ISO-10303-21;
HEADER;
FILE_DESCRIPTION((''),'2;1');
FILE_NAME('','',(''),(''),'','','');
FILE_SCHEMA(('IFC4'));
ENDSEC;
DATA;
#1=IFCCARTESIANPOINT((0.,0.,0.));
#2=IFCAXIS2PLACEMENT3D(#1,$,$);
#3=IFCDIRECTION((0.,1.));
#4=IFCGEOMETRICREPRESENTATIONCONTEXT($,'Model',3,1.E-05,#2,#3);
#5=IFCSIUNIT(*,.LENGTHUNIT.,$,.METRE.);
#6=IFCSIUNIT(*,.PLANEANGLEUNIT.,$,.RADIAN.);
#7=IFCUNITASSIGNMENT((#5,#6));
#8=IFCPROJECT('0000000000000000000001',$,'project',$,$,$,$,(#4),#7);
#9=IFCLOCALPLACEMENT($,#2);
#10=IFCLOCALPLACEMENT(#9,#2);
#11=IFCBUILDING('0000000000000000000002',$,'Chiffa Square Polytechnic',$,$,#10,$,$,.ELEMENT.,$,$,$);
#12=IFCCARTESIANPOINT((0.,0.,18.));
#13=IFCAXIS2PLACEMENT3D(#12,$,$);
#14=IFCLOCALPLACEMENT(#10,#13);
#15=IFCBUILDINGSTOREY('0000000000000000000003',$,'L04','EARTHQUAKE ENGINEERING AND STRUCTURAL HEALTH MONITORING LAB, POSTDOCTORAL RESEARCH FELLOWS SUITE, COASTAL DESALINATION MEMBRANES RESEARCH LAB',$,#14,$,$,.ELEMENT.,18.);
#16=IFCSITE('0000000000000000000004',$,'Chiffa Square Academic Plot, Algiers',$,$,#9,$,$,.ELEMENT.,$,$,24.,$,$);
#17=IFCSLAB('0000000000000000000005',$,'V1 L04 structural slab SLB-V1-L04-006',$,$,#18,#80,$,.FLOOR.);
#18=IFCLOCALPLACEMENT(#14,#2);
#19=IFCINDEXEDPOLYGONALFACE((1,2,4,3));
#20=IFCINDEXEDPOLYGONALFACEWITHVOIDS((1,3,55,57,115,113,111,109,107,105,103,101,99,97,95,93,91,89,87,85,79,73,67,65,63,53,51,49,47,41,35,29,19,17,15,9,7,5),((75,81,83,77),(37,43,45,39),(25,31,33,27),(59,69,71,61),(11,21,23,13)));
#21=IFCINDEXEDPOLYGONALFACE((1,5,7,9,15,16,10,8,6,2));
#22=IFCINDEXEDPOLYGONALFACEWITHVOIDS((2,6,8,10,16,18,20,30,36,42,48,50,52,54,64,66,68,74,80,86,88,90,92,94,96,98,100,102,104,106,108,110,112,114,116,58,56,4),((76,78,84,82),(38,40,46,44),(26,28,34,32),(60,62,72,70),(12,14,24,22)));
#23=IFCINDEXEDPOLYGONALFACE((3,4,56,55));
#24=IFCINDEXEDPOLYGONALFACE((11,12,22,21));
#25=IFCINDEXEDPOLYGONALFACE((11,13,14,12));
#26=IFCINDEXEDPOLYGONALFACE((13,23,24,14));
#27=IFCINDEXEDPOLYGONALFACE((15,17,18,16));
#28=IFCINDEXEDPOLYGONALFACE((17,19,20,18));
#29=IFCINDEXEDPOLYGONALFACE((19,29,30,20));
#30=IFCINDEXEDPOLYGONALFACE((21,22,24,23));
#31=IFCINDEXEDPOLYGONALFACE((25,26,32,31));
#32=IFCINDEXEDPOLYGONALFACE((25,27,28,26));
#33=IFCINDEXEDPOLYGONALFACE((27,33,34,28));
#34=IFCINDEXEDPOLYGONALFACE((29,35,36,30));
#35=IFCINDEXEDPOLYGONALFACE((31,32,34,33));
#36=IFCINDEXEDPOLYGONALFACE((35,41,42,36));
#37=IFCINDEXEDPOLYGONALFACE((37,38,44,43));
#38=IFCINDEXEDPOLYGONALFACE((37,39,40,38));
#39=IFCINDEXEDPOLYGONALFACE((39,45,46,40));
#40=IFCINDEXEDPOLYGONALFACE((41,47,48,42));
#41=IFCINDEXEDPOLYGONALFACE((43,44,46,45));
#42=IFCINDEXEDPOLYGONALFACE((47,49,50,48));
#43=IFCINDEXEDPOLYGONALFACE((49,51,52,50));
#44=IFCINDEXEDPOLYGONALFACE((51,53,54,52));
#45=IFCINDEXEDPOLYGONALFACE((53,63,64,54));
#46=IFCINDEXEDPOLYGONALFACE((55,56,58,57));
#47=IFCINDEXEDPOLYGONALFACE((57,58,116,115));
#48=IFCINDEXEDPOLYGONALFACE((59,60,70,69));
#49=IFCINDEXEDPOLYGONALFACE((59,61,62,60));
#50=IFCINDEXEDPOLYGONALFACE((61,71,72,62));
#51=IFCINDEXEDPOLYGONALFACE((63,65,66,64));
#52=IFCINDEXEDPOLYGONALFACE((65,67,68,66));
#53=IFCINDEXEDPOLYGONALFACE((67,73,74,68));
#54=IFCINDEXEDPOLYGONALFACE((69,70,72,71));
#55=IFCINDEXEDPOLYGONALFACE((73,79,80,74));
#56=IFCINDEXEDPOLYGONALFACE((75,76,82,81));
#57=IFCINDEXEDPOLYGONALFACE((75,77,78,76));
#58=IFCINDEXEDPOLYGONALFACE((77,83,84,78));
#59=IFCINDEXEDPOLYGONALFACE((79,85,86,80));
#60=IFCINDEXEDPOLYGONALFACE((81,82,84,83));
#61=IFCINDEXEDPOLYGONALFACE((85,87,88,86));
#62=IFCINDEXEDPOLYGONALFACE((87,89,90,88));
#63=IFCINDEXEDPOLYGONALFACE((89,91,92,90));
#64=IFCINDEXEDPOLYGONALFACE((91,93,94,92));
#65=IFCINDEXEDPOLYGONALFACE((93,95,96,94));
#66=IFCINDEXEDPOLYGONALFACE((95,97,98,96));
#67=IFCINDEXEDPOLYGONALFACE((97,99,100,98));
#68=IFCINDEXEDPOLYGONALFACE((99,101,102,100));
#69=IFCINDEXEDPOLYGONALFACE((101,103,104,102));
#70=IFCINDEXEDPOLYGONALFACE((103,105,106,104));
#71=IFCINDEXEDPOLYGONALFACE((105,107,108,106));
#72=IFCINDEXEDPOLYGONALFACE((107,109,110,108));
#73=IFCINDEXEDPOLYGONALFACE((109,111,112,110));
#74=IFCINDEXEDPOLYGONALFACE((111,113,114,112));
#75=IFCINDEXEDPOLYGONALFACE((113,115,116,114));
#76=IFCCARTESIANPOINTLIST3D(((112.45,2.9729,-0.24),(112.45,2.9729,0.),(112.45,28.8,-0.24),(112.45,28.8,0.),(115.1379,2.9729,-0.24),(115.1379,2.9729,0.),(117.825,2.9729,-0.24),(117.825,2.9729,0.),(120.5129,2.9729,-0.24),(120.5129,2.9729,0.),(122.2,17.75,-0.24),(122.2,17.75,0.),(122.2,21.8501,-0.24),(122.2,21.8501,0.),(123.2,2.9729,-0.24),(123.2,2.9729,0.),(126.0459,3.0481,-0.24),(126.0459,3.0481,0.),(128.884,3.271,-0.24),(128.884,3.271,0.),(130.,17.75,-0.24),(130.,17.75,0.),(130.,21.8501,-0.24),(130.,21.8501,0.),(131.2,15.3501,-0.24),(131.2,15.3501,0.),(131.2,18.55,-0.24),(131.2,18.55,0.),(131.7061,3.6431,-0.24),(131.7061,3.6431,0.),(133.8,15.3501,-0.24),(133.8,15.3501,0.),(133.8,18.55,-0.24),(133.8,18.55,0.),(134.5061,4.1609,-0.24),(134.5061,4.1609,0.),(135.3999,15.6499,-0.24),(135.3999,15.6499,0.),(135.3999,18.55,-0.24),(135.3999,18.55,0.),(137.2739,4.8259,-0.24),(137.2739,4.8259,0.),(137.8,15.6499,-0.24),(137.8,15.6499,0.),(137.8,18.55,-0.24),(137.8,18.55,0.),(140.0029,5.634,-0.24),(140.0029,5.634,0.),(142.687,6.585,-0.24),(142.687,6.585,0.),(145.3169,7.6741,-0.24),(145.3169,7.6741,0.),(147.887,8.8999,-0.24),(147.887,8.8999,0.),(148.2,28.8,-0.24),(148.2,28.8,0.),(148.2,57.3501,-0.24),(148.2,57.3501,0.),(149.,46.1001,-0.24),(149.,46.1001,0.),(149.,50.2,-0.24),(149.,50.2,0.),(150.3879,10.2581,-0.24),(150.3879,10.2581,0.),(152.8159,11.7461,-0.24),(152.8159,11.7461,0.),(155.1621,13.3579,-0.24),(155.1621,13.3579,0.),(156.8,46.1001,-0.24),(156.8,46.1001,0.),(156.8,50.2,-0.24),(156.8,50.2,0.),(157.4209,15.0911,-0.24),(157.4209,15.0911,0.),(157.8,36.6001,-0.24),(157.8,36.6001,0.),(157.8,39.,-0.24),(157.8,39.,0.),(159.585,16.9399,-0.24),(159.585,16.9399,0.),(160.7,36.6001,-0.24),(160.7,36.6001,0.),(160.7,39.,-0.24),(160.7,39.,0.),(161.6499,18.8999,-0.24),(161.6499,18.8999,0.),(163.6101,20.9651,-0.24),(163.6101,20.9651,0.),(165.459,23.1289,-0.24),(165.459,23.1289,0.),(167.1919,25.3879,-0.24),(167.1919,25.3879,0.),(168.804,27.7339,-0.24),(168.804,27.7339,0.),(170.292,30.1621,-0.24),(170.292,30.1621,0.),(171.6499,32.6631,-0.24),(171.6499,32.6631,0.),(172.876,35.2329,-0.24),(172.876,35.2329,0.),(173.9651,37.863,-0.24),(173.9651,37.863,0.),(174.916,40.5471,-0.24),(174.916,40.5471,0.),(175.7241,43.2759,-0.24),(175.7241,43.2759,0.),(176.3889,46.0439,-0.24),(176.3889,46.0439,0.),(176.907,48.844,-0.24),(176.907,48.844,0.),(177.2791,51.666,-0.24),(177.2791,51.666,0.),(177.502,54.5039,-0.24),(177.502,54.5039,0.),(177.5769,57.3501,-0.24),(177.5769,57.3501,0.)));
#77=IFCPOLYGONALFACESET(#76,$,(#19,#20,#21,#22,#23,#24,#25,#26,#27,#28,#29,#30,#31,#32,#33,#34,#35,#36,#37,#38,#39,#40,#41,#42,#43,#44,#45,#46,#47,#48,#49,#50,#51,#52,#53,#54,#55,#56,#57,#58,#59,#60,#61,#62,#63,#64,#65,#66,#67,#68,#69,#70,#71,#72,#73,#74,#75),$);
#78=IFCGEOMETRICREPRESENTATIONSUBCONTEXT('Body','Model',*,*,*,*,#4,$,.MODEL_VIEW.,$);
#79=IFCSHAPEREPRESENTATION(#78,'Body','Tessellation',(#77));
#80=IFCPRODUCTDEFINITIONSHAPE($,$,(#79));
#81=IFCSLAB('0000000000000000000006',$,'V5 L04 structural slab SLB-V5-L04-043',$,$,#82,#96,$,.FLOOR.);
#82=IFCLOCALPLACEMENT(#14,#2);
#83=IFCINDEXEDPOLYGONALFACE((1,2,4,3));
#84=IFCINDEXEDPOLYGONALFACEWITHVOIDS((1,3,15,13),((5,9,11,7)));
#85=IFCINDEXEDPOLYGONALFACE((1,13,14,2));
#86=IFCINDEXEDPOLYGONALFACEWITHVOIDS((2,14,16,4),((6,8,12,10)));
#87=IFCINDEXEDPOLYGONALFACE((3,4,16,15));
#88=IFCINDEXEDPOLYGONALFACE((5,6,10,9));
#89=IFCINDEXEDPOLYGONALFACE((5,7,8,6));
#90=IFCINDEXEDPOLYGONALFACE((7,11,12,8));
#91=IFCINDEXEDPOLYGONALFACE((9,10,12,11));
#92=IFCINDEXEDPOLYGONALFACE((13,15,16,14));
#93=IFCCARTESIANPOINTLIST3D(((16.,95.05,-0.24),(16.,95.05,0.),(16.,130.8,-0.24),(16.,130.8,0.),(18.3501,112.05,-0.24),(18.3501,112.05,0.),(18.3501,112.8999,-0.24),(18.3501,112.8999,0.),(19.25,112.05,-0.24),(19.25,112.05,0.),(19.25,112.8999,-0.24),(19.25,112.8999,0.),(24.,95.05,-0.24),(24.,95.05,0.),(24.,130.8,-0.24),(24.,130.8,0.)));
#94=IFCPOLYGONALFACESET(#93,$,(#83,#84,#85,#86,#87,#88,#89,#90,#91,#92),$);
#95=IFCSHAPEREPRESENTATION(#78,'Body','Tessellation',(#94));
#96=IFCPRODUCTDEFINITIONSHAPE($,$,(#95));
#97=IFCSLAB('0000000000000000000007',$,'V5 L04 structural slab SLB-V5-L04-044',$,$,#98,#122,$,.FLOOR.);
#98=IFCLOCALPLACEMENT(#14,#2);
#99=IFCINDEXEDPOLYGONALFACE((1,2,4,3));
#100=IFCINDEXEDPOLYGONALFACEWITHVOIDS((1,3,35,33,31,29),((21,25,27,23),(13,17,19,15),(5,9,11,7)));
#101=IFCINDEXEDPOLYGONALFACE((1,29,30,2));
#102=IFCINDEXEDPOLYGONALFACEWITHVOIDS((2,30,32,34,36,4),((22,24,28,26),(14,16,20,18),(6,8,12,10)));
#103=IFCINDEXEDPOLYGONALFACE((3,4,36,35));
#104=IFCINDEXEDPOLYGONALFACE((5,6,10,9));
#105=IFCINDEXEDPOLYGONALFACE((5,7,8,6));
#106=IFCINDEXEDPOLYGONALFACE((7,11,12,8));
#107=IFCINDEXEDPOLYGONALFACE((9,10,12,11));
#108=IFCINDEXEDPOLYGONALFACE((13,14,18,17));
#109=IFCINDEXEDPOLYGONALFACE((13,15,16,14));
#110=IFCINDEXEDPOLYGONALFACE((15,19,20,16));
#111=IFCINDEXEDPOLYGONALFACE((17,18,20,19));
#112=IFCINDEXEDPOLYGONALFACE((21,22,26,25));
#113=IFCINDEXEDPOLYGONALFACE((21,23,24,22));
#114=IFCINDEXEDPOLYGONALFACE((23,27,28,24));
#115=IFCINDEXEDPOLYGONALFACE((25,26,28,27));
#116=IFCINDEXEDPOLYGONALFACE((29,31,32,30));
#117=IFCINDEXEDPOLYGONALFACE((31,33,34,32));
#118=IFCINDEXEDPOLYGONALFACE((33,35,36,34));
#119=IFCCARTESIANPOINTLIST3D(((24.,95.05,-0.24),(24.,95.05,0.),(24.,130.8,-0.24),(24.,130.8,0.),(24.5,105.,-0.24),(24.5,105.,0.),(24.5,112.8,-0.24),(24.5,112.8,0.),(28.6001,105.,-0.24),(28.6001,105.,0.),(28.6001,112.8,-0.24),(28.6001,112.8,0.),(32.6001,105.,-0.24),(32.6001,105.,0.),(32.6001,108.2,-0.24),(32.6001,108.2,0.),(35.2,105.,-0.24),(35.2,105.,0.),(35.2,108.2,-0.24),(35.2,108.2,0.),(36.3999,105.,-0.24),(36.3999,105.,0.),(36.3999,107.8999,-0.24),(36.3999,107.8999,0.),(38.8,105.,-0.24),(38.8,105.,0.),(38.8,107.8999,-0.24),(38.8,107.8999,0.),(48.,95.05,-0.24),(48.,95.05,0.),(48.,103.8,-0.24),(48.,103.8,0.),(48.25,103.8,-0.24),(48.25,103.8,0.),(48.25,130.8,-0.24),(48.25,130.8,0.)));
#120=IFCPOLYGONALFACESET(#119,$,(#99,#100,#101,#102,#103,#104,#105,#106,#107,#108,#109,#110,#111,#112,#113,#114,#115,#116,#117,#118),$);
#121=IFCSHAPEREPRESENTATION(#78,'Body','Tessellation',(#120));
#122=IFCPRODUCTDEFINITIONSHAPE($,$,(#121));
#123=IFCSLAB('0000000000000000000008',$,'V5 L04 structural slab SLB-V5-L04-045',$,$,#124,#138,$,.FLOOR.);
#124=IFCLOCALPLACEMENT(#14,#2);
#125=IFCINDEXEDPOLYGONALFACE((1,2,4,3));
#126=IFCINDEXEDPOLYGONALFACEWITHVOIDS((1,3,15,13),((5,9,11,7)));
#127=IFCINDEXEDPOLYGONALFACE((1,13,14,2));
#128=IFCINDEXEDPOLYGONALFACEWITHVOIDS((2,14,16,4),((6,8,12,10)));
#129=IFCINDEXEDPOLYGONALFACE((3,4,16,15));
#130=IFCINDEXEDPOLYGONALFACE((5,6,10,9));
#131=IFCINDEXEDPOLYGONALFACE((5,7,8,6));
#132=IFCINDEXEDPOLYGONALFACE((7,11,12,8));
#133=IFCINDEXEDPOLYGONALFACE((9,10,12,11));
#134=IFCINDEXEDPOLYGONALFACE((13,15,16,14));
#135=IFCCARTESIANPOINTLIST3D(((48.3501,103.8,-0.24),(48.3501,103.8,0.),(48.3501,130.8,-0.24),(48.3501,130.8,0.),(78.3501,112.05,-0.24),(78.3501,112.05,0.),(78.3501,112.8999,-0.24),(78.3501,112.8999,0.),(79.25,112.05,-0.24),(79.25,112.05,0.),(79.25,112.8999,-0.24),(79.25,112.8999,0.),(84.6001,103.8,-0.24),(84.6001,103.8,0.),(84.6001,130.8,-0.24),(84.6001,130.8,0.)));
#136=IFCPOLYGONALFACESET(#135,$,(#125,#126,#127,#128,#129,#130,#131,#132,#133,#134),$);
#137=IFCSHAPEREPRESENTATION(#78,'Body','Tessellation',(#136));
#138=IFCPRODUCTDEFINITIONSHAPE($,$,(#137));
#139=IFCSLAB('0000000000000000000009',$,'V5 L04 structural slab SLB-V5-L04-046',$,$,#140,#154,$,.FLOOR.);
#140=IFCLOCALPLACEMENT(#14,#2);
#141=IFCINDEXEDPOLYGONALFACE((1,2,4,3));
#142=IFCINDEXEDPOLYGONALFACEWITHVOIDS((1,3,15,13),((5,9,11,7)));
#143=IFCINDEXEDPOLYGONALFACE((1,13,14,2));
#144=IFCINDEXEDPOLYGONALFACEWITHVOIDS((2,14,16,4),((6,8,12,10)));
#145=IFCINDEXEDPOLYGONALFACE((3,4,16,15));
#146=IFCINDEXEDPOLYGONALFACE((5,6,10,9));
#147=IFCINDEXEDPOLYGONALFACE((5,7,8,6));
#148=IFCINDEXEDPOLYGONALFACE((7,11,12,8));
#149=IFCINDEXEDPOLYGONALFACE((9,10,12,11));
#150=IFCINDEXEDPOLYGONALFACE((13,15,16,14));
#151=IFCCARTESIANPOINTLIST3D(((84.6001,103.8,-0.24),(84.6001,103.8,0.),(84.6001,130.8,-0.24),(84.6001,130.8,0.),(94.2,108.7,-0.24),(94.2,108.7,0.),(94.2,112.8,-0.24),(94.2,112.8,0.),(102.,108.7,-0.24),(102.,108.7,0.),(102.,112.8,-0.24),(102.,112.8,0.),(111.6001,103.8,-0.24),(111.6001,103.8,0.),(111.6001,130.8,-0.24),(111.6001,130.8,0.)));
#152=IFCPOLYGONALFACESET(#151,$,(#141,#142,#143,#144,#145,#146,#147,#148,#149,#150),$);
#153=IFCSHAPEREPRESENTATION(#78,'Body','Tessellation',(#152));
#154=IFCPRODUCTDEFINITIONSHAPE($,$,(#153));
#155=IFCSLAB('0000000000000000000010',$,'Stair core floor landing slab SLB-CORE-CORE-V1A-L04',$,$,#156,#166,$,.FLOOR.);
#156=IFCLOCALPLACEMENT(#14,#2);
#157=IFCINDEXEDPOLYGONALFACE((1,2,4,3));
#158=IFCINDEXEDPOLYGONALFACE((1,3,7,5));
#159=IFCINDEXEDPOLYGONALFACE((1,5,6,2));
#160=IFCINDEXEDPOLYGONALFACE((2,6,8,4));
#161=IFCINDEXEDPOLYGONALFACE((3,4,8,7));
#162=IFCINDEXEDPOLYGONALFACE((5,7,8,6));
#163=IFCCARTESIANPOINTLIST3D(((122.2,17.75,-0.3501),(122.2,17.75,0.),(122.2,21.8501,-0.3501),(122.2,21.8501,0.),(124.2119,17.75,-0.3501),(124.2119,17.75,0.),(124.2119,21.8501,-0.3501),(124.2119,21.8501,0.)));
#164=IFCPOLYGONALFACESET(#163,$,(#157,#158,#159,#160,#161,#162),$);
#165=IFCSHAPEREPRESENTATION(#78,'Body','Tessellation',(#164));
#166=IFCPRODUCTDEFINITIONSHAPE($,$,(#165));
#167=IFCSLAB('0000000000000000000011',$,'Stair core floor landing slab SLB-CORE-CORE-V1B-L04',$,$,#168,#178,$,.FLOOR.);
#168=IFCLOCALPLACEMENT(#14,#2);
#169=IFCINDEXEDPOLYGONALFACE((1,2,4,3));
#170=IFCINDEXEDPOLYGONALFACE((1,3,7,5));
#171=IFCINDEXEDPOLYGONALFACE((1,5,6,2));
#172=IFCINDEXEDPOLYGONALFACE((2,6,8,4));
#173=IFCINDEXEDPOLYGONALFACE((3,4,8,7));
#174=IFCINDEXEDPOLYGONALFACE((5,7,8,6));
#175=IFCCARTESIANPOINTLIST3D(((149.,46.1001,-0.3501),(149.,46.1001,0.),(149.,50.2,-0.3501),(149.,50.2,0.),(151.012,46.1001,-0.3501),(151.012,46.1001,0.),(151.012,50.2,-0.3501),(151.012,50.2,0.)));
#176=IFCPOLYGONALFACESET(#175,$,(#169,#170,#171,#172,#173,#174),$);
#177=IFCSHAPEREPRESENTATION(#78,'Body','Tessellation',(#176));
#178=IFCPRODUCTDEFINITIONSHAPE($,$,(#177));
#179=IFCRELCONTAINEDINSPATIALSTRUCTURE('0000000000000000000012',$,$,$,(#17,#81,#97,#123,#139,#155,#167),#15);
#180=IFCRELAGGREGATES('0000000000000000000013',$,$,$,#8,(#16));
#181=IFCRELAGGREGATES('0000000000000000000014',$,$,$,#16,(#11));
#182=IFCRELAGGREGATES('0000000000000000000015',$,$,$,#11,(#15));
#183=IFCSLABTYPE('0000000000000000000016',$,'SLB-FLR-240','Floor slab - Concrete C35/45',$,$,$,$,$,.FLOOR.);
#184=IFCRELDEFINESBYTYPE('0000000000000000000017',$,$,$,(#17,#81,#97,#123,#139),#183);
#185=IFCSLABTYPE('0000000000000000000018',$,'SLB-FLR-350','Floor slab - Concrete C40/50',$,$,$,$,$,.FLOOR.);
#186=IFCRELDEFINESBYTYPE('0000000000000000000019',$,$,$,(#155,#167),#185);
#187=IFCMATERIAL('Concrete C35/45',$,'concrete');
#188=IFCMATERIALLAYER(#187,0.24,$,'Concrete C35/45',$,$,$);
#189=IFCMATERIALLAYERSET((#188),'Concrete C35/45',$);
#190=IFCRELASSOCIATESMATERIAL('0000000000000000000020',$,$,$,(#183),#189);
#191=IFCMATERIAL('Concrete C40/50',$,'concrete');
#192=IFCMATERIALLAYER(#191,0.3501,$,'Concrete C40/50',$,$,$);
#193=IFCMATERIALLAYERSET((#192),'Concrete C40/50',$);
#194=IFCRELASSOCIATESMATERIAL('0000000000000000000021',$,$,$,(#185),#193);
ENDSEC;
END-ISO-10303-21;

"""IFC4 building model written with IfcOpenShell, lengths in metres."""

from ifc_helpers import new_model, si_unit, direction, frame, origin, place, context, subcontext, project, spatial, polyline, outline, extrude, material, layer, layer_set, type_object, element, save


model = new_model("IFC4")

# Units and contexts
model_context = context("Model", 3, precision=1e-05, world=origin(), true_north=direction((0.0, 1.0)))
body_context = subcontext(model_context, "Body", "Model", "MODEL_VIEW")
ifc_project = project(units=[si_unit("LENGTHUNIT", "METRE"), si_unit("PLANEANGLEUNIT", "RADIAN")], contexts=[model_context])

# Site, building, storey
site_placement = place(None, origin())
site = spatial("IfcSite", under=ifc_project, at=site_placement, Name="Chiffa Square Academic Plot, Algiers", CompositionType="ELEMENT", RefElevation=24.0)
building_placement = place(site_placement, origin())
building = spatial("IfcBuilding", under=site, at=building_placement, Name="Chiffa Square Polytechnic", CompositionType="ELEMENT")
storey_placement = place(building_placement, frame((0.0, 0.0, 18.0)))
storey = spatial("IfcBuildingStorey", under=building, at=storey_placement, Name="L04", Description="EARTHQUAKE ENGINEERING AND STRUCTURAL HEALTH MONITORING LAB, POSTDOCTORAL RESEARCH FELLOWS SUITE, COASTAL DESALINATION MEMBRANES RESEARCH LAB", CompositionType="ELEMENT", Elevation=18.0)

# Slabs
ifc_material_1 = material(Name="Concrete C35/45", Category="concrete")
ifc_layer_1 = layer(ifc_material_1, 0.24, Name="Concrete C35/45")
ifc_layer_set_1 = layer_set([ifc_layer_1], Name="Concrete C35/45")
slab_type_1 = type_object("IfcSlabType", Name="SLB-FLR-240", Description="Floor slab - Concrete C35/45", PredefinedType="FLOOR", material=ifc_layer_set_1)
slab_1_placement = place(storey_placement, frame((0.0, 0.0, -0.24)))
element("IfcSlab", 1, at=slab_1_placement, inside=storey, type_object=slab_type_1, Name="V1 L04 structural slab SLB-V1-L04-006", PredefinedType="FLOOR", context=body_context, shape_type="SweptSolid", body=[
    extrude(outline(polyline([(112.45, 28.8), (148.2, 28.8), (148.2, 57.3501), (177.5769, 57.3501), (177.502, 54.5039), (177.2791, 51.666), (176.907, 48.844), (176.3889, 46.0439), (175.7241, 43.2759), (174.916, 40.5471), (173.9651, 37.863), (172.876, 35.2329), (171.6499, 32.6631), (170.292, 30.1621), (168.804, 27.7339), (167.1919, 25.3879), (165.459, 23.1289), (163.6101, 20.9651), (161.6499, 18.8999), (159.585, 16.9399), (157.4209, 15.0911), (155.1621, 13.3579), (152.8159, 11.7461), (150.3879, 10.2581), (147.887, 8.8999), (145.3169, 7.6741), (142.687, 6.585), (140.0029, 5.634), (137.2739, 4.8259), (134.5061, 4.1609), (131.7061, 3.6431), (128.884, 3.271), (126.0459, 3.0481), (123.2, 2.9729), (120.5129, 2.9729), (117.825, 2.9729), (115.1379, 2.9729), (112.45, 2.9729), (112.45, 28.8)]), holes=[polyline([(122.2, 21.8501), (130.0, 21.8501), (130.0, 17.75), (122.2, 17.75), (122.2, 21.8501)]), polyline([(149.0, 50.2), (156.8, 50.2), (156.8, 46.1001), (149.0, 46.1001), (149.0, 50.2)]), polyline([(131.2, 18.55), (133.8, 18.55), (133.8, 15.3501), (131.2, 15.3501), (131.2, 18.55)]), polyline([(135.3999, 18.55), (137.8, 18.55), (137.8, 15.6499), (135.3999, 15.6499), (135.3999, 18.55)]), polyline([(157.8, 39.0), (160.7, 39.0), (160.7, 36.6001), (157.8, 36.6001), (157.8, 39.0)])]), origin(), (0.0, 0.0, 1.0), 0.24),
])
slab_2_placement = place(storey_placement, frame((0.0, 0.0, -0.24)))
element("IfcSlab", 2, at=slab_2_placement, inside=storey, type_object=slab_type_1, Name="V5 L04 structural slab SLB-V5-L04-043", PredefinedType="FLOOR", context=body_context, shape_type="SweptSolid", body=[
    extrude(outline(polyline([(16.0, 95.05), (16.0, 130.8), (24.0, 130.8), (24.0, 95.05), (16.0, 95.05)]), holes=[polyline([(18.3501, 112.8999), (19.25, 112.8999), (19.25, 112.05), (18.3501, 112.05), (18.3501, 112.8999)])]), origin(), (0.0, 0.0, 1.0), 0.24),
])
slab_3_placement = place(storey_placement, frame((0.0, 0.0, -0.24)))
element("IfcSlab", 3, at=slab_3_placement, inside=storey, type_object=slab_type_1, Name="V5 L04 structural slab SLB-V5-L04-044", PredefinedType="FLOOR", context=body_context, shape_type="SweptSolid", body=[
    extrude(outline(polyline([(48.0, 103.8), (48.0, 95.05), (24.0, 95.05), (24.0, 130.8), (48.25, 130.8), (48.25, 103.8), (48.0, 103.8)]), holes=[polyline([(24.5, 105.0), (24.5, 112.8), (28.6001, 112.8), (28.6001, 105.0), (24.5, 105.0)]), polyline([(32.6001, 108.2), (35.2, 108.2), (35.2, 105.0), (32.6001, 105.0), (32.6001, 108.2)]), polyline([(36.3999, 107.8999), (38.8, 107.8999), (38.8, 105.0), (36.3999, 105.0), (36.3999, 107.8999)])]), origin(), (0.0, 0.0, 1.0), 0.24),
])
slab_4_placement = place(storey_placement, frame((0.0, 0.0, -0.24)))
element("IfcSlab", 4, at=slab_4_placement, inside=storey, type_object=slab_type_1, Name="V5 L04 structural slab SLB-V5-L04-045", PredefinedType="FLOOR", context=body_context, shape_type="SweptSolid", body=[
    extrude(outline(polyline([(48.3501, 103.8), (48.3501, 130.8), (84.6001, 130.8), (84.6001, 103.8), (48.3501, 103.8)]), holes=[polyline([(78.3501, 112.8999), (79.25, 112.8999), (79.25, 112.05), (78.3501, 112.05), (78.3501, 112.8999)])]), origin(), (0.0, 0.0, 1.0), 0.24),
])
slab_5_placement = place(storey_placement, frame((0.0, 0.0, -0.24)))
element("IfcSlab", 5, at=slab_5_placement, inside=storey, type_object=slab_type_1, Name="V5 L04 structural slab SLB-V5-L04-046", PredefinedType="FLOOR", context=body_context, shape_type="SweptSolid", body=[
    extrude(outline(polyline([(111.6001, 130.8), (111.6001, 103.8), (84.6001, 103.8), (84.6001, 130.8), (111.6001, 130.8)]), holes=[polyline([(94.2, 112.8), (102.0, 112.8), (102.0, 108.7), (94.2, 108.7), (94.2, 112.8)])]), origin(), (0.0, 0.0, 1.0), 0.24),
])
ifc_material_2 = material(Name="Concrete C40/50", Category="concrete")
ifc_layer_2 = layer(ifc_material_2, 0.3501, Name="Concrete C40/50")
ifc_layer_set_2 = layer_set([ifc_layer_2], Name="Concrete C40/50")
slab_type_2 = type_object("IfcSlabType", Name="SLB-FLR-350", Description="Floor slab - Concrete C40/50", PredefinedType="FLOOR", material=ifc_layer_set_2)
slab_6_placement = place(storey_placement, frame((0.0, 0.0, -0.3501)))
element("IfcSlab", 6, at=slab_6_placement, inside=storey, type_object=slab_type_2, Name="Stair core floor landing slab SLB-CORE-CORE-V1A-L04", PredefinedType="FLOOR", context=body_context, shape_type="SweptSolid", body=[
    extrude(outline(polyline([(122.2, 17.75), (124.2119, 17.75), (124.2119, 21.8501), (122.2, 21.8501), (122.2, 17.75)])), origin(), (0.0, 0.0, 1.0), 0.3501),
])
slab_7_placement = place(storey_placement, frame((0.0, 0.0, -0.3501)))
element("IfcSlab", 7, at=slab_7_placement, inside=storey, type_object=slab_type_2, Name="Stair core floor landing slab SLB-CORE-CORE-V1B-L04", PredefinedType="FLOOR", context=body_context, shape_type="SweptSolid", body=[
    extrude(outline(polyline([(149.0, 46.1001), (151.012, 46.1001), (151.012, 50.2), (149.0, 50.2), (149.0, 46.1001)])), origin(), (0.0, 0.0, 1.0), 0.3501),
])

save(model, "model.ifc")
